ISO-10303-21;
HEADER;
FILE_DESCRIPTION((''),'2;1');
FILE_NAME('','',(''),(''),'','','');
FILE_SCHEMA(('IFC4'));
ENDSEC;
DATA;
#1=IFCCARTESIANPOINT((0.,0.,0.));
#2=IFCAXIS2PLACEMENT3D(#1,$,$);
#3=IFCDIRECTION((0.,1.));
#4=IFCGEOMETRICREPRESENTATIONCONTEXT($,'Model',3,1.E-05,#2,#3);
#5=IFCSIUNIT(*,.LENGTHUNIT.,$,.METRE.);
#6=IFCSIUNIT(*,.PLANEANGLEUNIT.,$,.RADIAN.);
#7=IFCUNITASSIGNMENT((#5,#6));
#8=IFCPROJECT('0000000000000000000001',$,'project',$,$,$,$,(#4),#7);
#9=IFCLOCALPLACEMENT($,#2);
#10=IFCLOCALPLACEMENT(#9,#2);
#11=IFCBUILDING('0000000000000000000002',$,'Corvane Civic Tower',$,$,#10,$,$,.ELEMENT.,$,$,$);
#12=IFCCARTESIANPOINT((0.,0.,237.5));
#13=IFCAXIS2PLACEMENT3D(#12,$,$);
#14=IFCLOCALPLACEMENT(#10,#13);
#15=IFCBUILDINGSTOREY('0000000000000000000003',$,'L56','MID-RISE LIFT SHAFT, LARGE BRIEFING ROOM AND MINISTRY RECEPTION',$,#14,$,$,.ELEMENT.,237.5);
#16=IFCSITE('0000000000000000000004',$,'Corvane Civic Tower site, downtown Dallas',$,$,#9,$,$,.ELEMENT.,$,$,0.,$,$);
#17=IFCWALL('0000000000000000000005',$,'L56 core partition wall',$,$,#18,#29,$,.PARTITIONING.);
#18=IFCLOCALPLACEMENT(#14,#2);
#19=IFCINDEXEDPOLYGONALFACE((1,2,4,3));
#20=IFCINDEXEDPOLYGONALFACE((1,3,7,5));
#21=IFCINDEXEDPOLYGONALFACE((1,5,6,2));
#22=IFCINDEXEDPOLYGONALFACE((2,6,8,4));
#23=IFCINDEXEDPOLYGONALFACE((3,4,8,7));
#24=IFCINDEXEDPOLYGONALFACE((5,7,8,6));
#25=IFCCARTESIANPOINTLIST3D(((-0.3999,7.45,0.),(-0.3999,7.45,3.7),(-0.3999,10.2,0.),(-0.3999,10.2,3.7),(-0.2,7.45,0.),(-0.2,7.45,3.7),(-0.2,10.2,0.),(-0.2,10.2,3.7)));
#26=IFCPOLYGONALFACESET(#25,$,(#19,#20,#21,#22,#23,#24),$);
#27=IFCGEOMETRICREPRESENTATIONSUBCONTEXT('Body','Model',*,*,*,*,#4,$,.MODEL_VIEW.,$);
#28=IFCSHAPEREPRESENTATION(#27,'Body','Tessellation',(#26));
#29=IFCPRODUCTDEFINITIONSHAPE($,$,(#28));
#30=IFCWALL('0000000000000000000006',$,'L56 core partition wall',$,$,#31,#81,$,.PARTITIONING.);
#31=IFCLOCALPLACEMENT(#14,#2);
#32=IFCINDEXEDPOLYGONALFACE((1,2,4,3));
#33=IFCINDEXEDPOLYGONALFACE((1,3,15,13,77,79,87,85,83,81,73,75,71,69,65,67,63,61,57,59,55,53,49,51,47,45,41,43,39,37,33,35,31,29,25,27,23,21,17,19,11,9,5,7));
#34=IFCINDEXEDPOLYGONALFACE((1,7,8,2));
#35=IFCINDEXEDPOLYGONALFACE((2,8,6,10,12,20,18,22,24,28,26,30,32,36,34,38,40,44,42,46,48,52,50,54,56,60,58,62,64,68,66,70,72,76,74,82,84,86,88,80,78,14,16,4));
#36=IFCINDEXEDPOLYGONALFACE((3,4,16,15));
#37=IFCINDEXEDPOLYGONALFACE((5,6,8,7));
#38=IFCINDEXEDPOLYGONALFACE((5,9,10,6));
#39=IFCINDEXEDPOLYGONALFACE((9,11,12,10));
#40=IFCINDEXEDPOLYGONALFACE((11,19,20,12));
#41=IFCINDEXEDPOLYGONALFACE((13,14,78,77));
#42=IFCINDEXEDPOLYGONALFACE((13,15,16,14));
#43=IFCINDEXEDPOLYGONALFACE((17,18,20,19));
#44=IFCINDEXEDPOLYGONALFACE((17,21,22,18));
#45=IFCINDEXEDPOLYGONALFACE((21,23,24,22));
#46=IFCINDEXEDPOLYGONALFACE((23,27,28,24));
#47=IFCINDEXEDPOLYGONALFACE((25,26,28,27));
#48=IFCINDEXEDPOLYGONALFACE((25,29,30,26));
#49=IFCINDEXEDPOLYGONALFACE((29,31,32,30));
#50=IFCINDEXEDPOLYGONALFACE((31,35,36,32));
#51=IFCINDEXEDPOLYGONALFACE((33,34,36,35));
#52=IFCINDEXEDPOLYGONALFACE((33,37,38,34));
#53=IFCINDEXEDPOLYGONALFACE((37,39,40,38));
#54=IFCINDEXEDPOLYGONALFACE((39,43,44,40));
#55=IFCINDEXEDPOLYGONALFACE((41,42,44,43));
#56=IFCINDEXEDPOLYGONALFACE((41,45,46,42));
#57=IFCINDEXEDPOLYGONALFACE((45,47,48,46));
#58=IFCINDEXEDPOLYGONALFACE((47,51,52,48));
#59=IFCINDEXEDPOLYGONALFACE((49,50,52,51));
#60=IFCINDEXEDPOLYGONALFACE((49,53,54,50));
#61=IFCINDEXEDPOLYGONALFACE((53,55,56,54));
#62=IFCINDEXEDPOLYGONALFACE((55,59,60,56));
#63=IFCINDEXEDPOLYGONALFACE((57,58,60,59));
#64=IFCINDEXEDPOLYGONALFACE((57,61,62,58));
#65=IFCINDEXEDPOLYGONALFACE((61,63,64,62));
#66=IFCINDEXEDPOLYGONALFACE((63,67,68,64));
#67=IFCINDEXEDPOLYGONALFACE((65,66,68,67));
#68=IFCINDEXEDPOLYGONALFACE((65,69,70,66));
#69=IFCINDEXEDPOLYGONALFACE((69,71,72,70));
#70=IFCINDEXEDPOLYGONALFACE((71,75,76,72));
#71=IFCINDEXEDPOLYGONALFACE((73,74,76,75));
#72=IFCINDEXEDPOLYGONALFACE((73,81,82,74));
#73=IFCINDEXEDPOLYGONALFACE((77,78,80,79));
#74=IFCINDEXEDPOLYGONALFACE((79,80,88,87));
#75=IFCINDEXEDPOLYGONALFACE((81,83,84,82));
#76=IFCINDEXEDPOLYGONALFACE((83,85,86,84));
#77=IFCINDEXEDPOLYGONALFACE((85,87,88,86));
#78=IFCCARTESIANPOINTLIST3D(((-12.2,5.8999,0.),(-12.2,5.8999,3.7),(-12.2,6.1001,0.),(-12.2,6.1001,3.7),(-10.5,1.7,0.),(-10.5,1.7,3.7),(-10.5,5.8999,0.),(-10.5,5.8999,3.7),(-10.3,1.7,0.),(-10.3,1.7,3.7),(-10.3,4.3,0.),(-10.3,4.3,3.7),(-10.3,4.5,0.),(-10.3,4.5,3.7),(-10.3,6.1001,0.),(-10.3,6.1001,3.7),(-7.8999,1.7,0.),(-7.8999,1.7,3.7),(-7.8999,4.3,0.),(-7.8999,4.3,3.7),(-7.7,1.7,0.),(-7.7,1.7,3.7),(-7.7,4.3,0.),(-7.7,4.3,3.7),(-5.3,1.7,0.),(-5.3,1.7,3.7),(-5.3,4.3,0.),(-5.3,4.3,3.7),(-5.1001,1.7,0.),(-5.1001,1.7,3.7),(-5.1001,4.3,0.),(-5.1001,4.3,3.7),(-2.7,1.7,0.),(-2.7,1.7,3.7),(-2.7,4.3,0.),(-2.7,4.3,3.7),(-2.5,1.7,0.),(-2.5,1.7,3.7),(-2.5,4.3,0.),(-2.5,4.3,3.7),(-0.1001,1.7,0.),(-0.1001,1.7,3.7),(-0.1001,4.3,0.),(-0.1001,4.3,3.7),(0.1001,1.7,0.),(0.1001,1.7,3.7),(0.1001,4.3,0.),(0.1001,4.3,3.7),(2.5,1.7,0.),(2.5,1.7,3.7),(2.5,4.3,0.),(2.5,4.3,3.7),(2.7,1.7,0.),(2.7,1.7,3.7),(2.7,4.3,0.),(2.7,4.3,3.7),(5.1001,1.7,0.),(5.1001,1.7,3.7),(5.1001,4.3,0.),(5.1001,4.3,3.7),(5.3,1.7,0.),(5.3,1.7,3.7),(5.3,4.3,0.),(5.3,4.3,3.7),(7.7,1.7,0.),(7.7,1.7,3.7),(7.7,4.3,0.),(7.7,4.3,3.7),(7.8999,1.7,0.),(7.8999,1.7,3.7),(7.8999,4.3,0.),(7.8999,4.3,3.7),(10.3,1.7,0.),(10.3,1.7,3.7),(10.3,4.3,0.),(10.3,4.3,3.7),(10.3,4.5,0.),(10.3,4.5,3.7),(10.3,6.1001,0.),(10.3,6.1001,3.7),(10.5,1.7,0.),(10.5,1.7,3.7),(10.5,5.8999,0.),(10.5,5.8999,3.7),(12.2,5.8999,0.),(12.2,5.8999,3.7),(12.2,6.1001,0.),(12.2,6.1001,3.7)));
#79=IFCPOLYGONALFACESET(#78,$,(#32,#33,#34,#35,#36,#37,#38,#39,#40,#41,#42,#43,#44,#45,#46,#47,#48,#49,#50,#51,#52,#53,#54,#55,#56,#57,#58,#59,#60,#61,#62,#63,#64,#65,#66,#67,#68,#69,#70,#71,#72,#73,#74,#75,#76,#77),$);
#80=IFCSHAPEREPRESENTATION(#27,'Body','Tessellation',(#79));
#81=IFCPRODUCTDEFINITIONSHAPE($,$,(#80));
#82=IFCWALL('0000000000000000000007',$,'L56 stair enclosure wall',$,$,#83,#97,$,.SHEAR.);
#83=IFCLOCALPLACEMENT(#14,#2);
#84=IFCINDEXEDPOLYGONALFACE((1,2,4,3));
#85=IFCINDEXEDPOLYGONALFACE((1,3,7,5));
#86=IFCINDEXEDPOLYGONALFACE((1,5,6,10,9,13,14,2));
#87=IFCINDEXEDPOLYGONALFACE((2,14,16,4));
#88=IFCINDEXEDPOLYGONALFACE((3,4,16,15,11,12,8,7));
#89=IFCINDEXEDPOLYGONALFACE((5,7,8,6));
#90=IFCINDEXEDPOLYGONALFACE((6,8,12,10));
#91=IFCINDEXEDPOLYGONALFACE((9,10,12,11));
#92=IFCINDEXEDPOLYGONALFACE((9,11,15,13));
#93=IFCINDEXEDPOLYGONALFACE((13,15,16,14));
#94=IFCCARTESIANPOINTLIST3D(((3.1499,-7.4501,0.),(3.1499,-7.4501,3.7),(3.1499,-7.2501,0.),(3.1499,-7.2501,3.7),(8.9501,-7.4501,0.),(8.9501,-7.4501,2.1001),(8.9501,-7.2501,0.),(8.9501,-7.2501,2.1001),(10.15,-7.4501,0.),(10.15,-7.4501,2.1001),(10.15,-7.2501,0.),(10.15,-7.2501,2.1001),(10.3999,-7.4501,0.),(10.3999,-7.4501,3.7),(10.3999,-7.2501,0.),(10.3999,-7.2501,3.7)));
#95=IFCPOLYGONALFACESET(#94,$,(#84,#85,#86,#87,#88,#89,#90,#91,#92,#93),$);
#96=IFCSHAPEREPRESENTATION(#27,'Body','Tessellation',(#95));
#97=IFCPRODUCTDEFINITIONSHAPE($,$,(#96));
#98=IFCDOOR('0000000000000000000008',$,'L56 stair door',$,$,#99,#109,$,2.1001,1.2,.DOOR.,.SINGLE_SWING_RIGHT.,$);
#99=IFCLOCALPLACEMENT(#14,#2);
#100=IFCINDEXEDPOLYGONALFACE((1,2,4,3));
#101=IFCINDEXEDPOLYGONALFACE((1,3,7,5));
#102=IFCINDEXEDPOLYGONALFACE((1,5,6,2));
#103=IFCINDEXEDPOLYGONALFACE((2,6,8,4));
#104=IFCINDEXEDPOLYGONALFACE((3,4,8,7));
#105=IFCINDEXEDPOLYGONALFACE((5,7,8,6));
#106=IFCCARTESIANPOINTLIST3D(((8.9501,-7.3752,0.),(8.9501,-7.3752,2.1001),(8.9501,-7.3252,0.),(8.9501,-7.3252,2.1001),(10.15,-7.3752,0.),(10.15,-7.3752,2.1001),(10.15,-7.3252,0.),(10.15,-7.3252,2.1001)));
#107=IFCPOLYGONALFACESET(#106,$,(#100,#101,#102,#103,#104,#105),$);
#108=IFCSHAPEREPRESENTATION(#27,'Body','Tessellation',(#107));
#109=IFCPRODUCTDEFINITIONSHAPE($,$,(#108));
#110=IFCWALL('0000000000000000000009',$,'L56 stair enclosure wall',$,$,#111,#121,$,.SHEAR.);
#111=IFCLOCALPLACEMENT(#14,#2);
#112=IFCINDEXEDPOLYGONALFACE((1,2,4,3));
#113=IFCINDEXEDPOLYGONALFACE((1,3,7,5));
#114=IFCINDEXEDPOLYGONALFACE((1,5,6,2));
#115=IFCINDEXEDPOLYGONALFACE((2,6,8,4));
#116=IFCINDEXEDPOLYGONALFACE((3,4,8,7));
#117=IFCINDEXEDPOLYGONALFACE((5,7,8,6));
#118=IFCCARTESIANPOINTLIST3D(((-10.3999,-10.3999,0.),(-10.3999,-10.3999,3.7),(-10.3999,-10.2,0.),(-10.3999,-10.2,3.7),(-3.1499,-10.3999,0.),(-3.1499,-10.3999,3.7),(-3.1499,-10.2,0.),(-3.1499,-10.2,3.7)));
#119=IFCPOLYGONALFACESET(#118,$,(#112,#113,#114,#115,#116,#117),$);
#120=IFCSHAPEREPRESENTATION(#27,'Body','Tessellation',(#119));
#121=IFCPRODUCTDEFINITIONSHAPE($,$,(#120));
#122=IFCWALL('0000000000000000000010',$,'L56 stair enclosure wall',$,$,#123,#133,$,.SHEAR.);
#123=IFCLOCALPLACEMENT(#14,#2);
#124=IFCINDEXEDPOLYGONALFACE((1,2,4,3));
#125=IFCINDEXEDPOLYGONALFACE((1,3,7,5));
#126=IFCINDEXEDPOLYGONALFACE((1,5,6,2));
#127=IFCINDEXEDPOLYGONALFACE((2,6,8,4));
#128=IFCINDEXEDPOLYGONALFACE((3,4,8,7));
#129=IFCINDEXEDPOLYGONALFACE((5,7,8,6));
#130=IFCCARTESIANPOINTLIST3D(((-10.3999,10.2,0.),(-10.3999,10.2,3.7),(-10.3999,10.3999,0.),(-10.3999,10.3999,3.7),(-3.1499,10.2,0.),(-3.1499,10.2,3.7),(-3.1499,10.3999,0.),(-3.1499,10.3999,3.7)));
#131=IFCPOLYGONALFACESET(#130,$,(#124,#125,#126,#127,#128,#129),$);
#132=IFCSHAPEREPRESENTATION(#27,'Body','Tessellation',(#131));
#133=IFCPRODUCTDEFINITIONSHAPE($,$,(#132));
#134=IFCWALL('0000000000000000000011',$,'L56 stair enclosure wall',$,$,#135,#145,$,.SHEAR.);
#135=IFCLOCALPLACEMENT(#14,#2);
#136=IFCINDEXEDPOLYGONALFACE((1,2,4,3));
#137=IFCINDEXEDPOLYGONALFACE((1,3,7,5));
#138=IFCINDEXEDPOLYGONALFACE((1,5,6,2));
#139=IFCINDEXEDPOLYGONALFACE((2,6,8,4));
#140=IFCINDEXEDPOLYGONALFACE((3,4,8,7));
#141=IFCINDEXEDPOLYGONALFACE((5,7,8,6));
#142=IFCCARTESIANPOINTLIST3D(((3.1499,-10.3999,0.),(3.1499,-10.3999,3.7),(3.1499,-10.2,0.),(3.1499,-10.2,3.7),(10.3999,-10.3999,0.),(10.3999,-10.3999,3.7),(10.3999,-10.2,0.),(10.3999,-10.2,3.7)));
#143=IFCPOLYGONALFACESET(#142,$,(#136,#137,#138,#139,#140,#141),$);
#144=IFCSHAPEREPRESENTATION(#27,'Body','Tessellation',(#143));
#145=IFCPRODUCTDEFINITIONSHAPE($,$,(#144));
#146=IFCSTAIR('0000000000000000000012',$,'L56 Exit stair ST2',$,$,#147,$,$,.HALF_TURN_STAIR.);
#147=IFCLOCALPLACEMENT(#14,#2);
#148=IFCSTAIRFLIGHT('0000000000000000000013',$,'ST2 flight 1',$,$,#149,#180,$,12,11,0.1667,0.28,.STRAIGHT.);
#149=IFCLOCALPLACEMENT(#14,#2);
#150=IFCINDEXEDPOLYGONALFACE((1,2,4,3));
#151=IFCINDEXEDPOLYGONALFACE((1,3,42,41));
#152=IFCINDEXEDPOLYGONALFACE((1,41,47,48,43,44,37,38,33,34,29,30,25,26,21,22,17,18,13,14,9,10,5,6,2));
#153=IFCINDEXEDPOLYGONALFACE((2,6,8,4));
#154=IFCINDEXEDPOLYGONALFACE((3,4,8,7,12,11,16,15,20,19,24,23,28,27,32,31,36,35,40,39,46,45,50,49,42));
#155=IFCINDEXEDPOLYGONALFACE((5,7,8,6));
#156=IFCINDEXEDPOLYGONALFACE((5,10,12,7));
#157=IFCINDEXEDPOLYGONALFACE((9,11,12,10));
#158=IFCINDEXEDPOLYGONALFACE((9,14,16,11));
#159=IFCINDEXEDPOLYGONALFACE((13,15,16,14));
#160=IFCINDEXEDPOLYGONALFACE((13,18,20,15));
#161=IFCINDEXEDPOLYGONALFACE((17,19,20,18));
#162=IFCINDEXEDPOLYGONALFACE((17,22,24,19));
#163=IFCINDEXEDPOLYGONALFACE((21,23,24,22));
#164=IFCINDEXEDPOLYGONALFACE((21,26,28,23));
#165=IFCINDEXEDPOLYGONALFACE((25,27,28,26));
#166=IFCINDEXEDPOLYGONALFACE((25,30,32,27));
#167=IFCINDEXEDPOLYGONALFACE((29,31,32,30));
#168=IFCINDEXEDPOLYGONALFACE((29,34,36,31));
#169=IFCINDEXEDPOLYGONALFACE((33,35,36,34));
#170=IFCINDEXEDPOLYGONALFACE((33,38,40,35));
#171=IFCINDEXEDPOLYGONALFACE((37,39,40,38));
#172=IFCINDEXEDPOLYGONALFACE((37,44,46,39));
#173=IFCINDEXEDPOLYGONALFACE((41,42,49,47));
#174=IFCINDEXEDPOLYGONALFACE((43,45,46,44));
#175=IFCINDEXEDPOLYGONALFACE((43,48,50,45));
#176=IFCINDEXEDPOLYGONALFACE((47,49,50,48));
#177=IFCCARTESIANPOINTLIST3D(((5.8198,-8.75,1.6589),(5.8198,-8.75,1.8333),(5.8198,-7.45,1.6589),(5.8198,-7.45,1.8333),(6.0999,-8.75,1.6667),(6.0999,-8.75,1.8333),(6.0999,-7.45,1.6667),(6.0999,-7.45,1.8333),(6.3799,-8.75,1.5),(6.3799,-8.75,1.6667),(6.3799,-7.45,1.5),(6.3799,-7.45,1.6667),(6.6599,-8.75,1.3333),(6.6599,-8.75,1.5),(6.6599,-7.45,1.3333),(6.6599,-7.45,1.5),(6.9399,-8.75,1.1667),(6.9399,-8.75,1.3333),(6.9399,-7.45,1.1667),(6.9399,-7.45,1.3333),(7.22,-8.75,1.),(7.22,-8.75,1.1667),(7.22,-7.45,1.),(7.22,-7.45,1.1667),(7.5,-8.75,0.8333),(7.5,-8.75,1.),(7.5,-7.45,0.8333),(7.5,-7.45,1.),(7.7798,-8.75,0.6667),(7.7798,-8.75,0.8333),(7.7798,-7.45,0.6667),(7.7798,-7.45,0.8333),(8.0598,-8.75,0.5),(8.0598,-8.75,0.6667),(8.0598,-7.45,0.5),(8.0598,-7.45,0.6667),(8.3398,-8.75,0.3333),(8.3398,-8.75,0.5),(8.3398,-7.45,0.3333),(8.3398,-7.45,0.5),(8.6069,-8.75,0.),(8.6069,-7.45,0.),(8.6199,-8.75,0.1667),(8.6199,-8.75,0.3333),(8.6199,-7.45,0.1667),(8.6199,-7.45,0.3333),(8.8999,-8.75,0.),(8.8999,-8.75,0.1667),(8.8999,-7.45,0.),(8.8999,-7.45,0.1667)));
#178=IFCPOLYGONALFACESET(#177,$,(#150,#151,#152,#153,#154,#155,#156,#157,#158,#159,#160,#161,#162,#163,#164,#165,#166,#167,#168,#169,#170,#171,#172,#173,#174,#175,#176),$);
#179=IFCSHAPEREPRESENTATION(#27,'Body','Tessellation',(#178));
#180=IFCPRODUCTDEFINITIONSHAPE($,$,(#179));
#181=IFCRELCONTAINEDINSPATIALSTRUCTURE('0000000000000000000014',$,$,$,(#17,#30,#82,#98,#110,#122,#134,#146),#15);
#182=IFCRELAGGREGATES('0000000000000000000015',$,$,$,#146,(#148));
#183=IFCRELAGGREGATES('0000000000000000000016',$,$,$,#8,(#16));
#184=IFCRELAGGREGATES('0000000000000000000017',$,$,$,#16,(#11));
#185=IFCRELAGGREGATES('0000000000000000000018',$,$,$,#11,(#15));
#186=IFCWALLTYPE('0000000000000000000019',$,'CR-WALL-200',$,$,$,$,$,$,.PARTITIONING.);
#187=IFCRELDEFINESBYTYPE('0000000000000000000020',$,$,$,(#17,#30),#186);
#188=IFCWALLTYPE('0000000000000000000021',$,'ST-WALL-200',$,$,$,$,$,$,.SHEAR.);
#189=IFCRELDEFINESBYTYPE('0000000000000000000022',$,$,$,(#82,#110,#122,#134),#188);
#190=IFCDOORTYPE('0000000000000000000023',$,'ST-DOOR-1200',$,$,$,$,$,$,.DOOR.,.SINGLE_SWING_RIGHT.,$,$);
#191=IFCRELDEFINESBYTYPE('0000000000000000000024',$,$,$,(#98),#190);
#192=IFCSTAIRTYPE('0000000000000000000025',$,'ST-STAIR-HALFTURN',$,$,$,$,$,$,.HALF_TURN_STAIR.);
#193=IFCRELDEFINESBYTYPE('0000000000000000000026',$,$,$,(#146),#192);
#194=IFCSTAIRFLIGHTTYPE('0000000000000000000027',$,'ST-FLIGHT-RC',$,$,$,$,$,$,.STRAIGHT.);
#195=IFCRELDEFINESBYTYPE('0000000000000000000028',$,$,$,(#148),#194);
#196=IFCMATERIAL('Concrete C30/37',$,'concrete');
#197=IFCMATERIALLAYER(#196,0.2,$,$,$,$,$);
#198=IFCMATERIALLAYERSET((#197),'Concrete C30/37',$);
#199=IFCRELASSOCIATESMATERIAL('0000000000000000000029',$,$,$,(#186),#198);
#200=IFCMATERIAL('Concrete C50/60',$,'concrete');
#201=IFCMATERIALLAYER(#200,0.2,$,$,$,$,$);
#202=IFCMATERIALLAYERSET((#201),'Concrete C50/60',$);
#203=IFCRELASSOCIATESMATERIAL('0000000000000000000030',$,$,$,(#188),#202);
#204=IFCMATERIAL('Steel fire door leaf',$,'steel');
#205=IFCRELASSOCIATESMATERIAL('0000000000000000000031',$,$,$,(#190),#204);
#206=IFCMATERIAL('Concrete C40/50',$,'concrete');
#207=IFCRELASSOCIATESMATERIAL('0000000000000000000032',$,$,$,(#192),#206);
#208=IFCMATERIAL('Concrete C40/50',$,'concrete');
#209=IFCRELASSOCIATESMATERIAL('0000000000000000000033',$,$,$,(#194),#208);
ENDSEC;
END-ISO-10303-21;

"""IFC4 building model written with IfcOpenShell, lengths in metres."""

from ifc_helpers import new_model, si_unit, direction, frame, frame_2d, origin, place, context, subcontext, project, spatial, polyline, rectangle, outline, extrude, material, layer, layer_set, type_object, element, fill, aggregate, save


model = new_model("IFC4")

# Units and contexts
model_context = context("Model", 3, precision=1e-05, world=origin(), true_north=direction((0.0, 1.0)))
body_context = subcontext(model_context, "Body", "Model", "MODEL_VIEW")
ifc_project = project(units=[si_unit("LENGTHUNIT", "METRE"), si_unit("PLANEANGLEUNIT", "RADIAN")], contexts=[model_context])

# Site, building, storey
site_placement = place(None, origin())
site = spatial("IfcSite", under=ifc_project, at=site_placement, Name="Corvane Civic Tower site, downtown Dallas", CompositionType="ELEMENT", RefElevation=0.0)
building_placement = place(site_placement, origin())
building = spatial("IfcBuilding", under=site, at=building_placement, Name="Corvane Civic Tower", CompositionType="ELEMENT")
storey_placement = place(building_placement, frame((0.0, 0.0, 237.5)))
storey = spatial("IfcBuildingStorey", under=building, at=storey_placement, Name="L56", Description="MID-RISE LIFT SHAFT, LARGE BRIEFING ROOM AND MINISTRY RECEPTION", CompositionType="ELEMENT", Elevation=237.5)

# Shared definitions
ifc_material_1 = material(Name="Concrete C30/37", Category="concrete")
ifc_layer_1 = layer(ifc_material_1, 0.2)
ifc_layer_set_1 = layer_set([ifc_layer_1], Name="Concrete C30/37")
wall_type_1 = type_object("IfcWallType", Name="CR-WALL-200", PredefinedType="PARTITIONING", material=ifc_layer_set_1)

# Walls
wall_1_placement = place(storey_placement, origin())
element("IfcWall", 1, at=wall_1_placement, inside=storey, type_object=wall_type_1, Name="L56 core partition wall", PredefinedType="PARTITIONING", context=body_context, shape_type="SweptSolid", body=[
    extrude(outline(polyline([(-0.2, 10.2), (-0.2, 7.45), (-0.3999, 7.45), (-0.3999, 10.2), (-0.2, 10.2)])), origin(), (0.0, 0.0, 1.0), 3.7),
])
wall_2_placement = place(storey_placement, origin())
element("IfcWall", 2, at=wall_2_placement, inside=storey, type_object=wall_type_1, Name="L56 core partition wall", PredefinedType="PARTITIONING", context=body_context, shape_type="SweptSolid", body=[
    extrude(outline(polyline([(-10.3, 1.7), (-10.5, 1.7), (-10.5, 5.8999), (-12.2, 5.8999), (-12.2, 6.1001), (-10.3, 6.1001), (-10.3, 4.5), (10.3, 4.5), (10.3, 6.1001), (12.2, 6.1001), (12.2, 5.8999), (10.5, 5.8999), (10.5, 1.7), (10.3, 1.7), (10.3, 4.3), (7.8999, 4.3), (7.8999, 1.7), (7.7, 1.7), (7.7, 4.3), (5.3, 4.3), (5.3, 1.7), (5.1001, 1.7), (5.1001, 4.3), (2.7, 4.3), (2.7, 1.7), (2.5, 1.7), (2.5, 4.3), (0.1001, 4.3), (0.1001, 1.7), (-0.1001, 1.7), (-0.1001, 4.3), (-2.5, 4.3), (-2.5, 1.7), (-2.7, 1.7), (-2.7, 4.3), (-5.1001, 4.3), (-5.1001, 1.7), (-5.3, 1.7), (-5.3, 4.3), (-7.7, 4.3), (-7.7, 1.7), (-7.8999, 1.7), (-7.8999, 4.3), (-10.3, 4.3), (-10.3, 1.7)])), origin(), (0.0, 0.0, 1.0), 3.7),
])

# Wall, opening, door
ifc_material_2 = material(Name="Concrete C50/60", Category="concrete")
ifc_layer_2 = layer(ifc_material_2, 0.2)
ifc_layer_set_2 = layer_set([ifc_layer_2], Name="Concrete C50/60")
wall_type_2 = type_object("IfcWallType", Name="ST-WALL-200", PredefinedType="SHEAR", material=ifc_layer_set_2)
wall_3_placement = place(storey_placement, frame((3.1499, -7.3501, 0.0), z_axis=(0.0, 0.0, 1.0), x_axis=(1.0, 0.0, 0.0)))
wall_3 = element("IfcWall", 3, at=wall_3_placement, inside=storey, type_object=wall_type_2, Name="L56 stair enclosure wall", PredefinedType="SHEAR", context=body_context, shape_type="SweptSolid", body=[
    extrude(rectangle(XDim=7.25, YDim=0.2, at=frame_2d((3.625, 0.0))), origin(), (0.0, 0.0, 1.0), 3.7),
])
opening_1_placement = place(wall_3_placement, frame((5.8, 0.0, 0.0)))
opening_1 = element("IfcOpeningElement", 4, at=opening_1_placement, cuts=wall_3, PredefinedType="OPENING", context=body_context, shape_type="SweptSolid", body=[
    extrude(rectangle(XDim=1.2, YDim=2.1001, at=frame_2d((0.6001, 1.05))), frame((0.0, 0.1099, 0.0), z_axis=(0.0, -1.0, 0.0), x_axis=(1.0, 0.0, 0.0)), (0.0, 0.0, 1.0), 0.22),
])
ifc_material_3 = material(Name="Steel fire door leaf", Category="steel")
door_type_1 = type_object("IfcDoorType", Name="ST-DOOR-1200", OperationType="SINGLE_SWING_RIGHT", PredefinedType="DOOR", material=ifc_material_3)
door_1_placement = place(opening_1_placement, origin())
door_1 = element("IfcDoor", 5, at=door_1_placement, inside=storey, type_object=door_type_1, Name="L56 stair door", OperationType="SINGLE_SWING_RIGHT", OverallHeight=2.1001, OverallWidth=1.2, PredefinedType="DOOR", context=body_context, shape_type="SweptSolid", body=[
    extrude(rectangle(XDim=1.2, YDim=2.1001, at=frame_2d((0.6001, 1.05))), frame((0.0, 0.0249, 0.0), z_axis=(0.0, -1.0, 0.0), x_axis=(1.0, 0.0, 0.0)), (0.0, 0.0, 1.0), 0.05),
])
fill(opening_1, door_1)

# Walls
wall_4_placement = place(storey_placement, origin())
element("IfcWall", 6, at=wall_4_placement, inside=storey, type_object=wall_type_2, Name="L56 stair enclosure wall", PredefinedType="SHEAR", context=body_context, shape_type="SweptSolid", body=[
    extrude(outline(polyline([(-3.1499, -10.2), (-3.1499, -10.3999), (-10.3999, -10.3999), (-10.3999, -10.2), (-3.1499, -10.2)])), origin(), (0.0, 0.0, 1.0), 3.7),
])
wall_5_placement = place(storey_placement, origin())
element("IfcWall", 7, at=wall_5_placement, inside=storey, type_object=wall_type_2, Name="L56 stair enclosure wall", PredefinedType="SHEAR", context=body_context, shape_type="SweptSolid", body=[
    extrude(outline(polyline([(-3.1499, 10.2), (-10.3999, 10.2), (-10.3999, 10.3999), (-3.1499, 10.3999), (-3.1499, 10.2)])), origin(), (0.0, 0.0, 1.0), 3.7),
])
wall_6_placement = place(storey_placement, origin())
element("IfcWall", 8, at=wall_6_placement, inside=storey, type_object=wall_type_2, Name="L56 stair enclosure wall", PredefinedType="SHEAR", context=body_context, shape_type="SweptSolid", body=[
    extrude(outline(polyline([(10.3999, -10.3999), (3.1499, -10.3999), (3.1499, -10.2), (10.3999, -10.2), (10.3999, -10.3999)])), origin(), (0.0, 0.0, 1.0), 3.7),
])

# Stair, stair flight
ifc_material_4 = material(Name="Concrete C40/50", Category="concrete")
stair_type = type_object("IfcStairType", Name="ST-STAIR-HALFTURN", PredefinedType="HALF_TURN_STAIR", material=ifc_material_4)
stair_placement = place(storey_placement, origin())
stair = element("IfcStair", 9, at=stair_placement, inside=storey, type_object=stair_type, Name="L56 Exit stair ST2", PredefinedType="HALF_TURN_STAIR")
ifc_material_5 = material(Name="Concrete C40/50", Category="concrete")
stair_flight_type = type_object("IfcStairFlightType", Name="ST-FLIGHT-RC", PredefinedType="STRAIGHT", material=ifc_material_5)
stair_flight_placement = place(storey_placement, frame((8.8999, -8.1001, 0.0), z_axis=(0.0, 0.0, 1.0), x_axis=(-1.0, 0.0, 0.0)))
stair_flight = element("IfcStairFlight", 10, at=stair_flight_placement, type_object=stair_flight_type, Name="ST2 flight 1", NumberOfRisers=12, NumberOfTreads=11, PredefinedType="STRAIGHT", RiserHeight=0.1667, TreadLength=0.28, context=body_context, shape_type="SweptSolid", body=[
    extrude(outline(polyline([(0.0, 0.0), (0.0, 0.1667), (0.28, 0.1667), (0.28, 0.3333), (0.5601, 0.3333), (0.5601, 0.5), (0.8401, 0.5), (0.8401, 0.6667), (1.1201, 0.6667), (1.1201, 0.8333), (1.3999, 0.8333), (1.3999, 1.0), (1.6799, 1.0), (1.6799, 1.1667), (1.96, 1.1667), (1.96, 1.3333), (2.24, 1.3333), (2.24, 1.5), (2.52, 1.5), (2.52, 1.6667), (2.8, 1.6667), (2.8, 1.8333), (3.0801, 1.8333), (3.0801, 2.0), (3.0801, 1.6589), (0.293, 0.0), (0.0, 0.0)])), frame((0.0, 0.6499, 0.0), z_axis=(0.0, -1.0, 0.0), x_axis=(1.0, 0.0, 0.0)), (0.0, 0.0, 1.0), 1.3),
])
aggregate(stair, [stair_flight])

save(model, "model.ifc")
